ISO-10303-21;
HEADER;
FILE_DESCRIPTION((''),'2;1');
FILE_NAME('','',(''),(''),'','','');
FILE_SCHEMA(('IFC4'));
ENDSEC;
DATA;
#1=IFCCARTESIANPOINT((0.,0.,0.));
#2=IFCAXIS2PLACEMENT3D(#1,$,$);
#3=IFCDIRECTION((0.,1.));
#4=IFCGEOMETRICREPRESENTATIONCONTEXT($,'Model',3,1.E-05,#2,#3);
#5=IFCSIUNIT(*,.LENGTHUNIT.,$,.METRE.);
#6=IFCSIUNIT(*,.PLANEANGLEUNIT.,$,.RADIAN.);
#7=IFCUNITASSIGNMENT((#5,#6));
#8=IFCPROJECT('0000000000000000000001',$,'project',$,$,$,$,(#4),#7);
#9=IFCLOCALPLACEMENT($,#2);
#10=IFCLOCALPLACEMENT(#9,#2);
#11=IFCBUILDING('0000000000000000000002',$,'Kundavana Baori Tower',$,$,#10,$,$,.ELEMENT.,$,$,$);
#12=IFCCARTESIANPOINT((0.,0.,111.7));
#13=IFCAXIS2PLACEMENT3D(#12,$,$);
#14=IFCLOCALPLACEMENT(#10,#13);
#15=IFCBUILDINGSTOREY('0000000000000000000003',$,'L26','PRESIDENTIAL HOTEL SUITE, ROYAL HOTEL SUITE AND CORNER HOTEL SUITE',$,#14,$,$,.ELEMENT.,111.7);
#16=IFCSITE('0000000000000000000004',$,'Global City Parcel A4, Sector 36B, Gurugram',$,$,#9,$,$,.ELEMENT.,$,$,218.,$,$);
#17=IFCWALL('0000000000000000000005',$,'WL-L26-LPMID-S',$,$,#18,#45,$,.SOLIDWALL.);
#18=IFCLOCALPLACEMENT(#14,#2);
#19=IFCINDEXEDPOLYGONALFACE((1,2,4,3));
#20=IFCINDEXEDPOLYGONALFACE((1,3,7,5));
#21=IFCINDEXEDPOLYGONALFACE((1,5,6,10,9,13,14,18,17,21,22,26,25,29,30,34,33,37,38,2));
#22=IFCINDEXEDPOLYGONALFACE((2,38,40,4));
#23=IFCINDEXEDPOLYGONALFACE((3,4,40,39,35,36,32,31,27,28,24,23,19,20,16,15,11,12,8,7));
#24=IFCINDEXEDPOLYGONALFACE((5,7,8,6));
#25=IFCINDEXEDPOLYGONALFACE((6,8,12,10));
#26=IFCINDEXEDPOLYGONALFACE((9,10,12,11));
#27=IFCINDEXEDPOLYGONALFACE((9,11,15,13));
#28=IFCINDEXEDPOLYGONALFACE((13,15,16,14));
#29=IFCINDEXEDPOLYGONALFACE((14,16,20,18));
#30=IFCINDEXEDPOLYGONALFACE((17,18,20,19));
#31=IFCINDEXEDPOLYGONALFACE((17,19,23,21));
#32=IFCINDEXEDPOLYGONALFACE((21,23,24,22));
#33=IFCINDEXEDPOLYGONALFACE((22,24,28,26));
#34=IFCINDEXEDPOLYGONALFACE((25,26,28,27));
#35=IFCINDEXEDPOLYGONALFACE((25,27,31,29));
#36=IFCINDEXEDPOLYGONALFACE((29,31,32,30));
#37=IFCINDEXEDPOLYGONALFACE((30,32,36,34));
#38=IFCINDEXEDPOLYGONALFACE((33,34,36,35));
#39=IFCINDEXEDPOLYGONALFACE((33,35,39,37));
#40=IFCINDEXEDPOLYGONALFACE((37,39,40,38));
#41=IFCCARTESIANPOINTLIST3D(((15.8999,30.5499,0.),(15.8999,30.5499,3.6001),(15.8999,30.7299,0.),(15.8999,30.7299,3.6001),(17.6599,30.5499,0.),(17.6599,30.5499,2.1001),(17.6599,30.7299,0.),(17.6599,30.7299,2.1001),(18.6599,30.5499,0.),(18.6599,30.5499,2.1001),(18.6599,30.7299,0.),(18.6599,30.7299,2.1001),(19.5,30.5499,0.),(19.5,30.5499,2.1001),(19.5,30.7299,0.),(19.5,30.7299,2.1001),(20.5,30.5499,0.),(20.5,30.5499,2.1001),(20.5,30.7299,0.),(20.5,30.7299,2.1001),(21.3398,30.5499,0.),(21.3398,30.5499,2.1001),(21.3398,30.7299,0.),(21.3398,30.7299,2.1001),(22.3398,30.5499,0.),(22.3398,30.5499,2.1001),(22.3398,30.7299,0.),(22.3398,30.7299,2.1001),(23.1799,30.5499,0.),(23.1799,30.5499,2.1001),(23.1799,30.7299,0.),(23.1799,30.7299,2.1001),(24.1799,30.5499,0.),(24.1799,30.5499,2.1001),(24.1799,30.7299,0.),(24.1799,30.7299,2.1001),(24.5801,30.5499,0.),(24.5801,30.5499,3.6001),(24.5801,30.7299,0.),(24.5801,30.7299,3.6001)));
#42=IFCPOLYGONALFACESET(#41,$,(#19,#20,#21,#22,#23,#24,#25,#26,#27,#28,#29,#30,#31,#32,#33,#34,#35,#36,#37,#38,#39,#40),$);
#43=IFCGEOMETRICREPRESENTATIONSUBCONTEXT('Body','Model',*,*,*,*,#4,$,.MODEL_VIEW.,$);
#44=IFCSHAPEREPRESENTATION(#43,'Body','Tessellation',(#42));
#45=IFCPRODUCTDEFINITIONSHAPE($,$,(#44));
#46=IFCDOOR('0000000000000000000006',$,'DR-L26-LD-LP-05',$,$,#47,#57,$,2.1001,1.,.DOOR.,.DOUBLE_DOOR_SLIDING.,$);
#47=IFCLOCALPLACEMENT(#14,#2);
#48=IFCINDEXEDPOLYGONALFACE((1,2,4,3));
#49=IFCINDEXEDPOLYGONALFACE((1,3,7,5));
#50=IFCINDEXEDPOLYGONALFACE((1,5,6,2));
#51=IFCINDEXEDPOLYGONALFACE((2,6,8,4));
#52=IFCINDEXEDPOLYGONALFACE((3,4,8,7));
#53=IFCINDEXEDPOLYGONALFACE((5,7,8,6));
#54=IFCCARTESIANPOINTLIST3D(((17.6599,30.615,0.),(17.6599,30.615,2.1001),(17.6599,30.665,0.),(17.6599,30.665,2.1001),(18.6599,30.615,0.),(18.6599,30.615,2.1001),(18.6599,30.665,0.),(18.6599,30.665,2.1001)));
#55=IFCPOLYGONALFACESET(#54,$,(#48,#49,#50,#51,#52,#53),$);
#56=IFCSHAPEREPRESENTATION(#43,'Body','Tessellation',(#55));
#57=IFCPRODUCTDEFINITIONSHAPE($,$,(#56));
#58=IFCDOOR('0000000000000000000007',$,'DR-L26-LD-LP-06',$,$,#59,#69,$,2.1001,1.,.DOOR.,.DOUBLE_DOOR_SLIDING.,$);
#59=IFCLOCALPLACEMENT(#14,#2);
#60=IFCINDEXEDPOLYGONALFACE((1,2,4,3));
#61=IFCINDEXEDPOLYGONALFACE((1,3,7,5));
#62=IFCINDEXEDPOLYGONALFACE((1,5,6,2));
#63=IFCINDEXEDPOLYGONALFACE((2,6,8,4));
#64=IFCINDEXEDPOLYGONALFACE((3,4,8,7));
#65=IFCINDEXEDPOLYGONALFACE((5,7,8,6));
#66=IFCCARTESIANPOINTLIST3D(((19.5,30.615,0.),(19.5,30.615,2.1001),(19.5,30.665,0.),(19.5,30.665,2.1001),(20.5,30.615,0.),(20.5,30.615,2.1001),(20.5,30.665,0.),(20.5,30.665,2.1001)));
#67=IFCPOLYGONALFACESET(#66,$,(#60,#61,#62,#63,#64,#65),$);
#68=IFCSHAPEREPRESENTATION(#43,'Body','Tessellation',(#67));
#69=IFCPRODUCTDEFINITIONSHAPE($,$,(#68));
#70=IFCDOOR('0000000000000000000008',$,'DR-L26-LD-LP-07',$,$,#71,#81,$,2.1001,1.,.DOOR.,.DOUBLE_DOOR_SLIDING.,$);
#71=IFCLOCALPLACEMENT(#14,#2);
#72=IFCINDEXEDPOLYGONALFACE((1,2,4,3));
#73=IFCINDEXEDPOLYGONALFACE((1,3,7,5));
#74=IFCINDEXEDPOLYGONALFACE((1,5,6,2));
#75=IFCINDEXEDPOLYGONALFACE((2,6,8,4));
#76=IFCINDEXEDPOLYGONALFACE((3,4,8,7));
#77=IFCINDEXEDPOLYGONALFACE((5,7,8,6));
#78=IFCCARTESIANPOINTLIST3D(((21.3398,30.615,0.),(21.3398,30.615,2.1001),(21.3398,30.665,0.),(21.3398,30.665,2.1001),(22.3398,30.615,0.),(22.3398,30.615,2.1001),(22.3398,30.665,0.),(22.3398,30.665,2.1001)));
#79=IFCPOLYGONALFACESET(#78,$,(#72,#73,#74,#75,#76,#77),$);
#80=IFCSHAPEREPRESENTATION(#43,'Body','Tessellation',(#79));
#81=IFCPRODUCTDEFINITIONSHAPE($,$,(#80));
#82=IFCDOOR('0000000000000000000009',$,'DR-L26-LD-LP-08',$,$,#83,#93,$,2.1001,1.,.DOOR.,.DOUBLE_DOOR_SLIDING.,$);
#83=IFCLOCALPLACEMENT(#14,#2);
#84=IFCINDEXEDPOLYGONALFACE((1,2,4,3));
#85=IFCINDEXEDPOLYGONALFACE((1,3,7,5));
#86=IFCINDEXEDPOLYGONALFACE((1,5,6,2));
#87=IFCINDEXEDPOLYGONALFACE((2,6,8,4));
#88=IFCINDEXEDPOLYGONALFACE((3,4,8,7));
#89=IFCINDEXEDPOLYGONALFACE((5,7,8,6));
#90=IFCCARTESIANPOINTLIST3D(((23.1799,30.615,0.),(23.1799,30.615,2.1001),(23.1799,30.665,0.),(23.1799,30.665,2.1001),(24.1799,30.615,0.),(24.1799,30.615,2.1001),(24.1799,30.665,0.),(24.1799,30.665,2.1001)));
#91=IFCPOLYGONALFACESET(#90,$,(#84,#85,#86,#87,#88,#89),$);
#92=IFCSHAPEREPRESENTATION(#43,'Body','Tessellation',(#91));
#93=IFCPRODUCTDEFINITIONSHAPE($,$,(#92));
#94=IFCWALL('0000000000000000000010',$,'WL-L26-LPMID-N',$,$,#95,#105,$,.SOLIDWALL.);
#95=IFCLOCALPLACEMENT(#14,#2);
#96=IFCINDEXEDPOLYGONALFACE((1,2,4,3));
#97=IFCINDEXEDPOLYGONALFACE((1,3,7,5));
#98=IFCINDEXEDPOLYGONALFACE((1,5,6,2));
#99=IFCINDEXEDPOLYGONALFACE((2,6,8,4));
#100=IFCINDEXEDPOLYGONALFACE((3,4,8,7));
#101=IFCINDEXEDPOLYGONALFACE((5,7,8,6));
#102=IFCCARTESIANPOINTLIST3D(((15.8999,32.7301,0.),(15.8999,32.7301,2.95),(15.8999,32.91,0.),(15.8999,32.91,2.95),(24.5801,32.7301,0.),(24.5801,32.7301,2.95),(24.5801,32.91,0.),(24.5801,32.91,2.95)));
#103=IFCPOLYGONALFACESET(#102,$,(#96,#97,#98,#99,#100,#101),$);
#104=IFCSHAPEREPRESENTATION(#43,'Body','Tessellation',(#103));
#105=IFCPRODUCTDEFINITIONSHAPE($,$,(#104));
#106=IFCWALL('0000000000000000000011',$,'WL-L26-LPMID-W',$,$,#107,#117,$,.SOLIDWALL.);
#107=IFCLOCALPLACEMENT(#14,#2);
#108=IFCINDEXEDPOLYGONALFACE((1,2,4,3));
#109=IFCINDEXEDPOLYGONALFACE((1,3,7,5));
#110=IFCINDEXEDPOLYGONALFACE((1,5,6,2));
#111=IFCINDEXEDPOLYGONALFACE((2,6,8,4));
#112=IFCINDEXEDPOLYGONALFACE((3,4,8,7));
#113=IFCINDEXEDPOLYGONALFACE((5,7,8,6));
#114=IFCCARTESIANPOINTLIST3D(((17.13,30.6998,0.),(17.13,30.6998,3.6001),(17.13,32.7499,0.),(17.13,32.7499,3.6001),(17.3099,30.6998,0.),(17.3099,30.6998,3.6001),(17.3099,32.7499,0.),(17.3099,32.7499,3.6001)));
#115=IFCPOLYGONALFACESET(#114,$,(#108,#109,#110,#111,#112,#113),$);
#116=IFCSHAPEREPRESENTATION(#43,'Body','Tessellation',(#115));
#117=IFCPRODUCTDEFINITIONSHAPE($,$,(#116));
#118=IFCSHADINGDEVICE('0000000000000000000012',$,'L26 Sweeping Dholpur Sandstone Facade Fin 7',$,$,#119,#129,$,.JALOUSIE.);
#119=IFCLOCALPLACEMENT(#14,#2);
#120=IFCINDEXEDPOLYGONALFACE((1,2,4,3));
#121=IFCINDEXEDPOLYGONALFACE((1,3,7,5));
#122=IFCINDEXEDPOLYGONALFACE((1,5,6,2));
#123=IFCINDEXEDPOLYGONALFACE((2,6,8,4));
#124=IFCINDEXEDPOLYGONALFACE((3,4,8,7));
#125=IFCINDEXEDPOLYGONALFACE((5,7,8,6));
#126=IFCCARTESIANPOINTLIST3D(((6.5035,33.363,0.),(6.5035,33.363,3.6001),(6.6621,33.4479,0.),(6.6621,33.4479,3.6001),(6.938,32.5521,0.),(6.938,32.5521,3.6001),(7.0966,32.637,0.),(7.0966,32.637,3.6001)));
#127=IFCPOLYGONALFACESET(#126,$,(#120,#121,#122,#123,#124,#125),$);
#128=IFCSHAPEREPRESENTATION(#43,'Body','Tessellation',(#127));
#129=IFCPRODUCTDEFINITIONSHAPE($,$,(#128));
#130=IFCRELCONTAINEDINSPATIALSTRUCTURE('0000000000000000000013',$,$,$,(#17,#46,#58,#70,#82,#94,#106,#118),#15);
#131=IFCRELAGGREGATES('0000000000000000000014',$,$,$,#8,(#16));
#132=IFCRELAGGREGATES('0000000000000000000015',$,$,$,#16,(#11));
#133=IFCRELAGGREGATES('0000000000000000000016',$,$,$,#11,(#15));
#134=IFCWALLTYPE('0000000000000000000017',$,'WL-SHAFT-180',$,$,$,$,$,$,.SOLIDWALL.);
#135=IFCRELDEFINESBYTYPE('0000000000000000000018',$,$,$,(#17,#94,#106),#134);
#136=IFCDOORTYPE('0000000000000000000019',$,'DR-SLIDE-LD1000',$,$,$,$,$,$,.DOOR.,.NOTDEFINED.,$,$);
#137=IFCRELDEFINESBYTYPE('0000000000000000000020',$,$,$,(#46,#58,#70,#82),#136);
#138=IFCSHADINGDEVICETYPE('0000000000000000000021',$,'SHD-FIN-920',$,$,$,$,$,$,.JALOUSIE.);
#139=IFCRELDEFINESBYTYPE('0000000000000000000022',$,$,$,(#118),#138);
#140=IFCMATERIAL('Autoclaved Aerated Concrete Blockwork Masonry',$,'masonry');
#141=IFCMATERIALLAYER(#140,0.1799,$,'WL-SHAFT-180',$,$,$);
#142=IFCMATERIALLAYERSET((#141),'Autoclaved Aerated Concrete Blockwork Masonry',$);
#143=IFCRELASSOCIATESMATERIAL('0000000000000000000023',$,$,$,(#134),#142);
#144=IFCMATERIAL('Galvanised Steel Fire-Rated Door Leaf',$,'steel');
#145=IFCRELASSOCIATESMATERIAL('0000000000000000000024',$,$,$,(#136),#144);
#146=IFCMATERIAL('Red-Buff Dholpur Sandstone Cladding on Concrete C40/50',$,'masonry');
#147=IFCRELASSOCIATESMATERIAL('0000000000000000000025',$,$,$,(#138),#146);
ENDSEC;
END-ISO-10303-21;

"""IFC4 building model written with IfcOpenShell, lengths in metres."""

from ifc_helpers import new_model, si_unit, direction, frame, frame_2d, origin, origin_2d, place, context, subcontext, project, spatial, rectangle, extrude, material, layer, layer_set, type_object, element, fill, save


model = new_model("IFC4")

# Units and contexts
model_context = context("Model", 3, precision=1e-05, world=origin(), true_north=direction((0.0, 1.0)))
body_context = subcontext(model_context, "Body", "Model", "MODEL_VIEW")
ifc_project = project(units=[si_unit("LENGTHUNIT", "METRE"), si_unit("PLANEANGLEUNIT", "RADIAN")], contexts=[model_context])

# Site, building, storey
site_placement = place(None, origin())
site = spatial("IfcSite", under=ifc_project, at=site_placement, Name="Global City Parcel A4, Sector 36B, Gurugram", CompositionType="ELEMENT", RefElevation=218.0)
building_placement = place(site_placement, origin())
building = spatial("IfcBuilding", under=site, at=building_placement, Name="Kundavana Baori Tower", CompositionType="ELEMENT")
storey_placement = place(building_placement, frame((0.0, 0.0, 111.7)))
storey = spatial("IfcBuildingStorey", under=building, at=storey_placement, Name="L26", Description="PRESIDENTIAL HOTEL SUITE, ROYAL HOTEL SUITE AND CORNER HOTEL SUITE", CompositionType="ELEMENT", Elevation=111.7)

# Shared definitions
ifc_material_1 = material(Name="Autoclaved Aerated Concrete Blockwork Masonry", Category="masonry")
ifc_layer_1 = layer(ifc_material_1, 0.1799, Name="WL-SHAFT-180")
ifc_layer_set_1 = layer_set([ifc_layer_1], Name="Autoclaved Aerated Concrete Blockwork Masonry")
wall_type_1 = type_object("IfcWallType", Name="WL-SHAFT-180", PredefinedType="SOLIDWALL", material=ifc_layer_set_1)

# Wall, openings, doors
wall_1_placement = place(storey_placement, frame((15.8999, 30.6399, 0.0), z_axis=(0.0, 0.0, 1.0), x_axis=(1.0, 0.0, 0.0)))
wall_1 = element("IfcWall", 1, at=wall_1_placement, inside=storey, type_object=wall_type_1, Name="WL-L26-LPMID-S", PredefinedType="SOLIDWALL", context=body_context, shape_type="SweptSolid", body=[
    extrude(rectangle(XDim=8.6802, YDim=0.1799, at=frame_2d((4.3401, 0.0))), origin(), (0.0, 0.0, 1.0), 3.6001),
])
opening_1_placement = place(wall_1_placement, frame((1.76, 0.0, 0.0)))
opening_1 = element("IfcOpeningElement", 2, at=opening_1_placement, cuts=wall_1, PredefinedType="OPENING", context=body_context, shape_type="SweptSolid", body=[
    extrude(rectangle(XDim=1.0, YDim=2.1001, at=frame_2d((0.5, 1.05))), frame((0.0, 0.1001, 0.0), z_axis=(0.0, -1.0, 0.0), x_axis=(1.0, 0.0, 0.0)), (0.0, 0.0, 1.0), 0.2),
])
opening_2_placement = place(wall_1_placement, frame((3.6001, 0.0, 0.0)))
opening_2 = element("IfcOpeningElement", 3, at=opening_2_placement, cuts=wall_1, PredefinedType="OPENING", context=body_context, shape_type="SweptSolid", body=[
    extrude(rectangle(XDim=1.0, YDim=2.1001, at=frame_2d((0.5, 1.05))), frame((0.0, 0.1001, 0.0), z_axis=(0.0, -1.0, 0.0), x_axis=(1.0, 0.0, 0.0)), (0.0, 0.0, 1.0), 0.2),
])
opening_3_placement = place(wall_1_placement, frame((5.4399, 0.0, 0.0)))
opening_3 = element("IfcOpeningElement", 4, at=opening_3_placement, cuts=wall_1, PredefinedType="OPENING", context=body_context, shape_type="SweptSolid", body=[
    extrude(rectangle(XDim=1.0, YDim=2.1001, at=frame_2d((0.5, 1.05))), frame((0.0, 0.1001, 0.0), z_axis=(0.0, -1.0, 0.0), x_axis=(1.0, 0.0, 0.0)), (0.0, 0.0, 1.0), 0.2),
])
opening_4_placement = place(wall_1_placement, frame((7.28, 0.0, 0.0)))
opening_4 = element("IfcOpeningElement", 5, at=opening_4_placement, cuts=wall_1, PredefinedType="OPENING", context=body_context, shape_type="SweptSolid", body=[
    extrude(rectangle(XDim=1.0, YDim=2.1001, at=frame_2d((0.5, 1.05))), frame((0.0, 0.1001, 0.0), z_axis=(0.0, -1.0, 0.0), x_axis=(1.0, 0.0, 0.0)), (0.0, 0.0, 1.0), 0.2),
])
ifc_material_2 = material(Name="Galvanised Steel Fire-Rated Door Leaf", Category="steel")
door_type_1 = type_object("IfcDoorType", Name="DR-SLIDE-LD1000", OperationType="NOTDEFINED", PredefinedType="DOOR", material=ifc_material_2)
door_1_placement = place(opening_1_placement, frame((1.0, 0.0, 0.0), z_axis=(0.0, 0.0, 1.0), x_axis=(-1.0, 0.0, 0.0)))
door_1 = element("IfcDoor", 6, at=door_1_placement, inside=storey, type_object=door_type_1, Name="DR-L26-LD-LP-05", OperationType="DOUBLE_DOOR_SLIDING", OverallHeight=2.1001, OverallWidth=1.0, PredefinedType="DOOR", context=body_context, shape_type="SweptSolid", body=[
    extrude(rectangle(XDim=1.0, YDim=2.1001, at=frame_2d((0.5, 1.05))), frame((0.0, 0.0249, 0.0), z_axis=(0.0, -1.0, 0.0), x_axis=(1.0, 0.0, 0.0)), (0.0, 0.0, 1.0), 0.05),
])
fill(opening_1, door_1)
door_2_placement = place(opening_2_placement, frame((1.0, 0.0, 0.0), z_axis=(0.0, 0.0, 1.0), x_axis=(-1.0, 0.0, 0.0)))
door_2 = element("IfcDoor", 7, at=door_2_placement, inside=storey, type_object=door_type_1, Name="DR-L26-LD-LP-06", OperationType="DOUBLE_DOOR_SLIDING", OverallHeight=2.1001, OverallWidth=1.0, PredefinedType="DOOR", context=body_context, shape_type="SweptSolid", body=[
    extrude(rectangle(XDim=1.0, YDim=2.1001, at=frame_2d((0.5, 1.05))), frame((0.0, 0.0249, 0.0), z_axis=(0.0, -1.0, 0.0), x_axis=(1.0, 0.0, 0.0)), (0.0, 0.0, 1.0), 0.05),
])
fill(opening_2, door_2)
door_3_placement = place(opening_3_placement, frame((1.0, 0.0, 0.0), z_axis=(0.0, 0.0, 1.0), x_axis=(-1.0, 0.0, 0.0)))
door_3 = element("IfcDoor", 8, at=door_3_placement, inside=storey, type_object=door_type_1, Name="DR-L26-LD-LP-07", OperationType="DOUBLE_DOOR_SLIDING", OverallHeight=2.1001, OverallWidth=1.0, PredefinedType="DOOR", context=body_context, shape_type="SweptSolid", body=[
    extrude(rectangle(XDim=1.0, YDim=2.1001, at=frame_2d((0.5, 1.05))), frame((0.0, 0.0249, 0.0), z_axis=(0.0, -1.0, 0.0), x_axis=(1.0, 0.0, 0.0)), (0.0, 0.0, 1.0), 0.05),
])
fill(opening_3, door_3)
door_4_placement = place(opening_4_placement, frame((1.0, 0.0, 0.0), z_axis=(0.0, 0.0, 1.0), x_axis=(-1.0, 0.0, 0.0)))
door_4 = element("IfcDoor", 9, at=door_4_placement, inside=storey, type_object=door_type_1, Name="DR-L26-LD-LP-08", OperationType="DOUBLE_DOOR_SLIDING", OverallHeight=2.1001, OverallWidth=1.0, PredefinedType="DOOR", context=body_context, shape_type="SweptSolid", body=[
    extrude(rectangle(XDim=1.0, YDim=2.1001, at=frame_2d((0.5, 1.05))), frame((0.0, 0.0249, 0.0), z_axis=(0.0, -1.0, 0.0), x_axis=(1.0, 0.0, 0.0)), (0.0, 0.0, 1.0), 0.05),
])
fill(opening_4, door_4)

# Walls
wall_2_placement = place(storey_placement, frame((15.8999, 32.8201, 0.0), z_axis=(0.0, 0.0, 1.0), x_axis=(1.0, 0.0, 0.0)))
element("IfcWall", 10, at=wall_2_placement, inside=storey, type_object=wall_type_1, Name="WL-L26-LPMID-N", PredefinedType="SOLIDWALL", context=body_context, shape_type="SweptSolid", body=[
    extrude(rectangle(XDim=8.6802, YDim=0.1799, at=frame_2d((4.3401, 0.0))), origin(), (0.0, 0.0, 1.0), 2.95),
])
wall_3_placement = place(storey_placement, frame((17.22, 30.7, 0.0), z_axis=(0.0, 0.0, 1.0), x_axis=(0.0, 1.0, 0.0)))
element("IfcWall", 11, at=wall_3_placement, inside=storey, type_object=wall_type_1, Name="WL-L26-LPMID-W", PredefinedType="SOLIDWALL", context=body_context, shape_type="SweptSolid", body=[
    extrude(rectangle(XDim=2.05, YDim=0.1799, at=frame_2d((1.0249, 0.0))), origin(), (0.0, 0.0, 1.0), 3.6001),
])

# Shading device
ifc_material_3 = material(Name="Red-Buff Dholpur Sandstone Cladding on Concrete C40/50", Category="masonry")
shading_device_type = type_object("IfcShadingDeviceType", Name="SHD-FIN-920", PredefinedType="JALOUSIE", material=ifc_material_3)
shading_device_placement = place(storey_placement, frame((6.8, 33.0, 0.0), z_axis=(0.0, 0.0, 1.0), x_axis=(0.881468, 0.472243, 0.0)))
element("IfcShadingDevice", 12, at=shading_device_placement, inside=storey, type_object=shading_device_type, Name="L26 Sweeping Dholpur Sandstone Facade Fin 7", PredefinedType="JALOUSIE", context=body_context, shape_type="SweptSolid", body=[
    extrude(rectangle(XDim=0.1799, YDim=0.9199, at=origin_2d()), origin(), (0.0, 0.0, 1.0), 3.6001),
])

save(model, "model.ifc")
